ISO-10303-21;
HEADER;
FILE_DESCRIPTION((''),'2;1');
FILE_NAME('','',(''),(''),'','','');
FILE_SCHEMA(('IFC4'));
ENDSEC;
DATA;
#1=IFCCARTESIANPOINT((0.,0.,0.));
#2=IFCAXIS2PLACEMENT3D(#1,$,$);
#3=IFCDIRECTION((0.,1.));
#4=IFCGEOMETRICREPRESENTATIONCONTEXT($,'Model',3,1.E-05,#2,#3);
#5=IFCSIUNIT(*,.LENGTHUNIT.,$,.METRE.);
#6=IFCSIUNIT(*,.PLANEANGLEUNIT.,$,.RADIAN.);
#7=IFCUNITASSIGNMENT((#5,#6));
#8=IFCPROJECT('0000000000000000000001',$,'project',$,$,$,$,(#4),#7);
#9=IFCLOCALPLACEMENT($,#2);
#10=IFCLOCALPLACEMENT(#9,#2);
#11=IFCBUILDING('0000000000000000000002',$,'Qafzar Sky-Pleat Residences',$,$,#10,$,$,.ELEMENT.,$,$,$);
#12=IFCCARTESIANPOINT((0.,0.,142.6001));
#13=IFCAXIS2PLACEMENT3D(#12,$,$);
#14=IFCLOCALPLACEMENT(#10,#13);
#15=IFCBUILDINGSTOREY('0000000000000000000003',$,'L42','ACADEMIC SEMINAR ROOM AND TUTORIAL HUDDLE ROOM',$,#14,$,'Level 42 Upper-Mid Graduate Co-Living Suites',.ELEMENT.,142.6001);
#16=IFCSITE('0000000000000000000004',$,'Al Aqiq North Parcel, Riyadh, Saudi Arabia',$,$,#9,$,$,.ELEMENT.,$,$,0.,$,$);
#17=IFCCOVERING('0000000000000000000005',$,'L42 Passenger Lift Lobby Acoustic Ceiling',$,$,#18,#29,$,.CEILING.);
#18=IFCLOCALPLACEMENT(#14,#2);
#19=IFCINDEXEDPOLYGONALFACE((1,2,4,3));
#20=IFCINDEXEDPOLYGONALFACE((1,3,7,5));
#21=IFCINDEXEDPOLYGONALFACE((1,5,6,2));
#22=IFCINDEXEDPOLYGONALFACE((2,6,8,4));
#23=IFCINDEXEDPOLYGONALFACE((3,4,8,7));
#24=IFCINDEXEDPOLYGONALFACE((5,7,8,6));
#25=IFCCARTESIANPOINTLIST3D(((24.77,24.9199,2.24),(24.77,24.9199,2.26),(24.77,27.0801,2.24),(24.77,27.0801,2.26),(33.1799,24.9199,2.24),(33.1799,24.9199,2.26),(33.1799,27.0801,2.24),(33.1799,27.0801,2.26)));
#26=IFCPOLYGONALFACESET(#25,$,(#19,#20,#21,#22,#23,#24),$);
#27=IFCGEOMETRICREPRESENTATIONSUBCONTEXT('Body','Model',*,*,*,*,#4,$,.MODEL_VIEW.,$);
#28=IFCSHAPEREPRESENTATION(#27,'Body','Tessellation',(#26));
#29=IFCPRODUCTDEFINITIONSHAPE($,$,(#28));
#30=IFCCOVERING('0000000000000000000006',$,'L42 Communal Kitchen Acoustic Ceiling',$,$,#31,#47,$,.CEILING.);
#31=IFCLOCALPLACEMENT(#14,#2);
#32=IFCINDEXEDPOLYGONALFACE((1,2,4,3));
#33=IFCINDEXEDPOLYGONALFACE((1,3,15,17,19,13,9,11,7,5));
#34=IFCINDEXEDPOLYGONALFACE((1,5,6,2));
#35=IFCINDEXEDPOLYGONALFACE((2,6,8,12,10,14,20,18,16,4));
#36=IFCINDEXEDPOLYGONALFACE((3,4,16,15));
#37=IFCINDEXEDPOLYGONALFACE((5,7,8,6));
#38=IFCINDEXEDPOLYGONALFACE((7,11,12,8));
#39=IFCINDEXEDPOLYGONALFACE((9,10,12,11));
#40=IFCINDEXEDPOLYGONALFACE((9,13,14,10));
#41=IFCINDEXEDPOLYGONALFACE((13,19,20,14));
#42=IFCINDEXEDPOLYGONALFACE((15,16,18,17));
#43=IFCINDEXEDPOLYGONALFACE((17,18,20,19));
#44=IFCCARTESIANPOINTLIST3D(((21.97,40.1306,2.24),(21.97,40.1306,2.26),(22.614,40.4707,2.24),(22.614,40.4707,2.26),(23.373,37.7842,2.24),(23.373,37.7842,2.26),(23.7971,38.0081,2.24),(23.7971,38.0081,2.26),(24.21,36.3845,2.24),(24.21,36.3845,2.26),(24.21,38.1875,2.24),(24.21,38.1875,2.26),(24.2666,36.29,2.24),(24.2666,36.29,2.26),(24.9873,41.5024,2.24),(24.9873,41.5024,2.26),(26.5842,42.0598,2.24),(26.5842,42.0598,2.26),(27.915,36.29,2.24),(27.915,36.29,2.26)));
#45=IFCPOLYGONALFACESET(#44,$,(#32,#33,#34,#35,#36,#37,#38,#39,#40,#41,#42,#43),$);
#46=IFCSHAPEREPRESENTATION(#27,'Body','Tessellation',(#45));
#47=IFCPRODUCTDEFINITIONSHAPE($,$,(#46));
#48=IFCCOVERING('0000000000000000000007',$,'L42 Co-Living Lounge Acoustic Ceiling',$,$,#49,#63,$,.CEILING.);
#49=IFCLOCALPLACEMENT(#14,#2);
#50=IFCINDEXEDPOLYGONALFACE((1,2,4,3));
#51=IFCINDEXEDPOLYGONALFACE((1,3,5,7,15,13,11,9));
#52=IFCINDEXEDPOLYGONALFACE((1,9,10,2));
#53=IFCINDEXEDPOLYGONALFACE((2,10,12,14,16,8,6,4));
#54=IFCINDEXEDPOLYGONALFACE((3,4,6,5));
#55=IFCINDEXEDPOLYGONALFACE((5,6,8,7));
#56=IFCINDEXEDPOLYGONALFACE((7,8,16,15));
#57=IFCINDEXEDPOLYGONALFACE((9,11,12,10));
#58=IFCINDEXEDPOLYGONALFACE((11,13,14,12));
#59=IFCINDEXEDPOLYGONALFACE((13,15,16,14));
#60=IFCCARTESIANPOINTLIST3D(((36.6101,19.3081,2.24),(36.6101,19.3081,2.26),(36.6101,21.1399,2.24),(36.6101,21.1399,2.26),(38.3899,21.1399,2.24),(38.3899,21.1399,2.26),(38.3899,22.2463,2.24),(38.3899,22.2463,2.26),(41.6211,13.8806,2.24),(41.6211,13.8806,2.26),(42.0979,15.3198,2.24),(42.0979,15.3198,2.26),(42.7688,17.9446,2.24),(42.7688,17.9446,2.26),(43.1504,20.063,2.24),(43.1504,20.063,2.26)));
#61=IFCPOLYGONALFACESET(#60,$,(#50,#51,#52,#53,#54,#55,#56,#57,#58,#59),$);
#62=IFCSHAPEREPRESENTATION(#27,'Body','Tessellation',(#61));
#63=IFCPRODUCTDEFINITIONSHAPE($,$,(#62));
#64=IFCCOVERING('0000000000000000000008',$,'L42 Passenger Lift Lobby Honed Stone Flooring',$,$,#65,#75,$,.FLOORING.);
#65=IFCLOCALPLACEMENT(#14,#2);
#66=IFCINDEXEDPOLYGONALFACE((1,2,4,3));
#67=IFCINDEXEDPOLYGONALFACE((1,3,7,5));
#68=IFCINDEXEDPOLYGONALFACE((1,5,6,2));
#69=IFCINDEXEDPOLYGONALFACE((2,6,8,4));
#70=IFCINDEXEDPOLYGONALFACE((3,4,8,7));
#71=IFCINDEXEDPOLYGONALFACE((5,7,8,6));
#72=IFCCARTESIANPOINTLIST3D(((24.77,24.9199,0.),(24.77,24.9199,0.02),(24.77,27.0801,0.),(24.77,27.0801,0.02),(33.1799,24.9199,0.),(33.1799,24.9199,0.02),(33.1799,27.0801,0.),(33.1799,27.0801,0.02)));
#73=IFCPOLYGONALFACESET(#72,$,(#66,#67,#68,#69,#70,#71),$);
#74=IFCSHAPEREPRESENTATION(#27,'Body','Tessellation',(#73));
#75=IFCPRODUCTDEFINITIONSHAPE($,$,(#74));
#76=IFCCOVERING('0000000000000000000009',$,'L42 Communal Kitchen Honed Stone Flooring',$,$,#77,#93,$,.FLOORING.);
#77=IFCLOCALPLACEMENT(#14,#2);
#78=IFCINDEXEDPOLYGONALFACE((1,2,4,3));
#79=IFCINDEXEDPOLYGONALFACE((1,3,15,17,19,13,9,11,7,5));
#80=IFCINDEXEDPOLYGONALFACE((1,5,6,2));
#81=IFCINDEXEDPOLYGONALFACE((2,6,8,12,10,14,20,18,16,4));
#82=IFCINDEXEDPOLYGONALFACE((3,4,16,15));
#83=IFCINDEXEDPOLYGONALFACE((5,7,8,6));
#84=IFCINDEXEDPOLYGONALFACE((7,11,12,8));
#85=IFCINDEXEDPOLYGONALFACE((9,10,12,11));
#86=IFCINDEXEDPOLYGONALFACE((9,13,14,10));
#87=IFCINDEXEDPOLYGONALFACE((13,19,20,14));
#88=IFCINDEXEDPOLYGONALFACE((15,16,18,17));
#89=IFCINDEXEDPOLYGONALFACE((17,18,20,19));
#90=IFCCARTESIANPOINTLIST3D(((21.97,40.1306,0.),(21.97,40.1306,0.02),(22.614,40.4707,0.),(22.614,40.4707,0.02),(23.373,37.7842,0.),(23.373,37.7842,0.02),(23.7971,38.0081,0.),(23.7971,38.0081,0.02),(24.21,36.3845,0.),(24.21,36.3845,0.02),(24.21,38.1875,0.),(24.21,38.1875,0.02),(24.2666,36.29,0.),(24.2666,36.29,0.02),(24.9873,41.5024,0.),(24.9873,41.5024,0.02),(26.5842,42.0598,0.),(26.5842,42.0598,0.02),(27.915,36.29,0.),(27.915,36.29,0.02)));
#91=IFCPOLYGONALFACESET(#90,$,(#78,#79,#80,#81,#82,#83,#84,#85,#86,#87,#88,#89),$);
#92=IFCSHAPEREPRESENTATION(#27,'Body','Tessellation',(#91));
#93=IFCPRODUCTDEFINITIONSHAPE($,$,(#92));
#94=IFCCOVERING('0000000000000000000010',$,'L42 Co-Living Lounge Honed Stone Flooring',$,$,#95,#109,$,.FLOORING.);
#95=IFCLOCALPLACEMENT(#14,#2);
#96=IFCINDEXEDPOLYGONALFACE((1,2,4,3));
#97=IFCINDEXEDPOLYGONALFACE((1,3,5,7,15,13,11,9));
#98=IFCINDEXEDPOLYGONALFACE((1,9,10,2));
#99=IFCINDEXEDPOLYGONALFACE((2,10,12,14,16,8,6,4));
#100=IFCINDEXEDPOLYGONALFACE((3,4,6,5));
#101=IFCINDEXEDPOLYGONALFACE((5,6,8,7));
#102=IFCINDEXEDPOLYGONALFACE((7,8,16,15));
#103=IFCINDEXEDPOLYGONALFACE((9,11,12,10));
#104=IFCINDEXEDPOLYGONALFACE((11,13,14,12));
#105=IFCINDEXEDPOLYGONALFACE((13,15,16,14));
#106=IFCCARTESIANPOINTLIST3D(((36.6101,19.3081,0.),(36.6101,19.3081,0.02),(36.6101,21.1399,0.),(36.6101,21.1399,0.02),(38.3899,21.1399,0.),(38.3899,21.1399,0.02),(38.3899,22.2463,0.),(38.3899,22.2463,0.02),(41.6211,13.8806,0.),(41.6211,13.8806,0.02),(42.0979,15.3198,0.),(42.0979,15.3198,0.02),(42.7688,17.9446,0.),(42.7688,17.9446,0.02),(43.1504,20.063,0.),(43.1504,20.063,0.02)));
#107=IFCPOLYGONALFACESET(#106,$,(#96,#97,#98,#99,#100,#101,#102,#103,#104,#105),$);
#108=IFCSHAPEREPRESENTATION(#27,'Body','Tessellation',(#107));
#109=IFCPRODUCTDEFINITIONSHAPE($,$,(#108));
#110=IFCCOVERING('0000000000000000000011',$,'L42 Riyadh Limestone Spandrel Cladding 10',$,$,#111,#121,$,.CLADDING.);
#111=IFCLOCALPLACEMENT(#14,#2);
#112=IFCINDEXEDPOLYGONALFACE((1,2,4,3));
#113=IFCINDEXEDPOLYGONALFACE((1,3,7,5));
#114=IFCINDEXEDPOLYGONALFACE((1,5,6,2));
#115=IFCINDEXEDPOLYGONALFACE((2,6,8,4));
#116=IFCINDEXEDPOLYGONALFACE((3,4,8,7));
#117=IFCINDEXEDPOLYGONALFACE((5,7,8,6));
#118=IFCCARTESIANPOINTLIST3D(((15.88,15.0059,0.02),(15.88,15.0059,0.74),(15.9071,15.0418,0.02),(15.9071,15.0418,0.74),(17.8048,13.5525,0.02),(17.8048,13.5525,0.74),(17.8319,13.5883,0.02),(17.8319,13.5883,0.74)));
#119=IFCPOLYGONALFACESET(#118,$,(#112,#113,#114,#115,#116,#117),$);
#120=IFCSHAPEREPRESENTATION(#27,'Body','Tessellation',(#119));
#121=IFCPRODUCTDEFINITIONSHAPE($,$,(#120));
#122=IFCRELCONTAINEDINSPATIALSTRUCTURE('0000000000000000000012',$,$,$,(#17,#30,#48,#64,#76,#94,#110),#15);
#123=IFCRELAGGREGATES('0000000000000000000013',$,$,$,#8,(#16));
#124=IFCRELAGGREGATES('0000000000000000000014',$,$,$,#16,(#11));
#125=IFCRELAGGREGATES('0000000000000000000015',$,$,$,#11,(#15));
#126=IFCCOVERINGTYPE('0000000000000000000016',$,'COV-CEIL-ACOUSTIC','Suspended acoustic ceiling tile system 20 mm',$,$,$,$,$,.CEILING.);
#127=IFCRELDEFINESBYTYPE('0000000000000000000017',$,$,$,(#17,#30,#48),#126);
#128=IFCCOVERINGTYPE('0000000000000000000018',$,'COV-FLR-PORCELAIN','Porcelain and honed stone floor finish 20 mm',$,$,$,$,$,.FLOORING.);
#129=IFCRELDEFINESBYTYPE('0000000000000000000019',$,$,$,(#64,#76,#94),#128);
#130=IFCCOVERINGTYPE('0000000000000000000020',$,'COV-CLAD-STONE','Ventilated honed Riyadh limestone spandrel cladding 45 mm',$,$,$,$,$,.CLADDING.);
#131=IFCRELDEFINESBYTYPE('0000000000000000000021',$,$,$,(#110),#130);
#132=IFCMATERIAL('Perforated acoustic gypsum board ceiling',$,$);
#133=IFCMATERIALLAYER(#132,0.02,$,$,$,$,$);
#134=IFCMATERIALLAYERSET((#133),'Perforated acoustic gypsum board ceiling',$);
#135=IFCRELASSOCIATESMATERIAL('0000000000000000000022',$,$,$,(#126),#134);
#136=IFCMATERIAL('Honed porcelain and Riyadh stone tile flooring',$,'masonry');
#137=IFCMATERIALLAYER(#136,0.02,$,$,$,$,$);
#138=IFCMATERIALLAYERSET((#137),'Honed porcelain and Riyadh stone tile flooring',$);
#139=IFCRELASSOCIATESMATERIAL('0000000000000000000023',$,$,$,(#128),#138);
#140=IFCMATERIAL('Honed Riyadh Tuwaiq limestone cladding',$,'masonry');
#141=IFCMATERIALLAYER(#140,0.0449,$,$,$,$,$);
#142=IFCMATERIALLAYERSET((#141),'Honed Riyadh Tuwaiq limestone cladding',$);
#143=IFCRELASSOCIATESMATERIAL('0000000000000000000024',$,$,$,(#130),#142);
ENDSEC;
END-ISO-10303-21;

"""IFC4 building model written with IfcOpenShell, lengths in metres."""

from ifc_helpers import new_model, si_unit, direction, frame, origin, origin_2d, place, context, subcontext, project, spatial, polyline, rectangle, outline, extrude, source, transform, mapped, material, layer, layer_set, type_object, element, save


model = new_model("IFC4")

# Units and contexts
model_context = context("Model", 3, precision=1e-05, world=origin(), true_north=direction((0.0, 1.0)))
body_context = subcontext(model_context, "Body", "Model", "MODEL_VIEW")
ifc_project = project(units=[si_unit("LENGTHUNIT", "METRE"), si_unit("PLANEANGLEUNIT", "RADIAN")], contexts=[model_context])

# Site, building, storey
site_placement = place(None, origin())
site = spatial("IfcSite", under=ifc_project, at=site_placement, Name="Al Aqiq North Parcel, Riyadh, Saudi Arabia", CompositionType="ELEMENT", RefElevation=0.0)
building_placement = place(site_placement, origin())
building = spatial("IfcBuilding", under=site, at=building_placement, Name="Qafzar Sky-Pleat Residences", CompositionType="ELEMENT")
storey_placement = place(building_placement, frame((0.0, 0.0, 142.6001)))
storey = spatial("IfcBuildingStorey", under=building, at=storey_placement, Name="L42", Description="ACADEMIC SEMINAR ROOM AND TUTORIAL HUDDLE ROOM", LongName="Level 42 Upper-Mid Graduate Co-Living Suites", CompositionType="ELEMENT", Elevation=142.6001)

# Coverings
ifc_material_1 = material(Name="Perforated acoustic gypsum board ceiling")
ifc_layer_1 = layer(ifc_material_1, 0.02)
ifc_layer_set_1 = layer_set([ifc_layer_1], Name="Perforated acoustic gypsum board ceiling")
covering_type_1 = type_object("IfcCoveringType", Name="COV-CEIL-ACOUSTIC", Description="Suspended acoustic ceiling tile system 20 mm", PredefinedType="CEILING", material=ifc_layer_set_1)
covering_1_placement = place(storey_placement, frame((0.0, 0.0, 2.24)))
element("IfcCovering", 1, at=covering_1_placement, inside=storey, type_object=covering_type_1, Name="L42 Passenger Lift Lobby Acoustic Ceiling", PredefinedType="CEILING", context=body_context, shape_type="SweptSolid", body=[
    extrude(outline(polyline([(33.1799, 24.9199), (24.77, 24.9199), (24.77, 27.0801), (33.1799, 27.0801), (33.1799, 24.9199)])), origin(), (0.0, 0.0, 1.0), 0.02),
])
covering_2_placement = place(storey_placement, frame((0.0, 0.0, 2.24)))
element("IfcCovering", 2, at=covering_2_placement, inside=storey, type_object=covering_type_1, Name="L42 Communal Kitchen Acoustic Ceiling", PredefinedType="CEILING", context=body_context, shape_type="SweptSolid", body=[
    extrude(outline(polyline([(22.614, 40.4707), (24.9873, 41.5024), (26.5842, 42.0598), (27.915, 36.29), (24.2666, 36.29), (24.21, 36.3845), (24.21, 38.1875), (23.7971, 38.0081), (23.373, 37.7842), (21.97, 40.1306), (22.614, 40.4707)])), origin(), (0.0, 0.0, 1.0), 0.02),
])
covering_3_placement = place(storey_placement, frame((0.0, 0.0, 2.24)))
element("IfcCovering", 3, at=covering_3_placement, inside=storey, type_object=covering_type_1, Name="L42 Co-Living Lounge Acoustic Ceiling", PredefinedType="CEILING", context=body_context, shape_type="SweptSolid", body=[
    extrude(outline(polyline([(42.7688, 17.9446), (42.0979, 15.3198), (41.6211, 13.8806), (36.6101, 19.3081), (36.6101, 21.1399), (38.3899, 21.1399), (38.3899, 22.2463), (43.1504, 20.063), (42.7688, 17.9446)])), origin(), (0.0, 0.0, 1.0), 0.02),
])
ifc_material_2 = material(Name="Honed porcelain and Riyadh stone tile flooring", Category="masonry")
ifc_layer_2 = layer(ifc_material_2, 0.02)
ifc_layer_set_2 = layer_set([ifc_layer_2], Name="Honed porcelain and Riyadh stone tile flooring")
covering_type_2 = type_object("IfcCoveringType", Name="COV-FLR-PORCELAIN", Description="Porcelain and honed stone floor finish 20 mm", PredefinedType="FLOORING", material=ifc_layer_set_2)
covering_4_placement = place(storey_placement, origin())
element("IfcCovering", 4, at=covering_4_placement, inside=storey, type_object=covering_type_2, Name="L42 Passenger Lift Lobby Honed Stone Flooring", PredefinedType="FLOORING", context=body_context, shape_type="SweptSolid", body=[
    extrude(outline(polyline([(33.1799, 24.9199), (24.77, 24.9199), (24.77, 27.0801), (33.1799, 27.0801), (33.1799, 24.9199)])), origin(), (0.0, 0.0, 1.0), 0.02),
])
covering_5_placement = place(storey_placement, origin())
element("IfcCovering", 5, at=covering_5_placement, inside=storey, type_object=covering_type_2, Name="L42 Communal Kitchen Honed Stone Flooring", PredefinedType="FLOORING", context=body_context, shape_type="SweptSolid", body=[
    extrude(outline(polyline([(22.614, 40.4707), (24.9873, 41.5024), (26.5842, 42.0598), (27.915, 36.29), (24.2666, 36.29), (24.21, 36.3845), (24.21, 38.1875), (23.7971, 38.0081), (23.373, 37.7842), (21.97, 40.1306), (22.614, 40.4707)])), origin(), (0.0, 0.0, 1.0), 0.02),
])
covering_6_placement = place(storey_placement, origin())
element("IfcCovering", 6, at=covering_6_placement, inside=storey, type_object=covering_type_2, Name="L42 Co-Living Lounge Honed Stone Flooring", PredefinedType="FLOORING", context=body_context, shape_type="SweptSolid", body=[
    extrude(outline(polyline([(42.7688, 17.9446), (42.0979, 15.3198), (41.6211, 13.8806), (36.6101, 19.3081), (36.6101, 21.1399), (38.3899, 21.1399), (38.3899, 22.2463), (43.1504, 20.063), (42.7688, 17.9446)])), origin(), (0.0, 0.0, 1.0), 0.02),
])
ifc_material_3 = material(Name="Honed Riyadh Tuwaiq limestone cladding", Category="masonry")
ifc_layer_3 = layer(ifc_material_3, 0.0449)
ifc_layer_set_3 = layer_set([ifc_layer_3], Name="Honed Riyadh Tuwaiq limestone cladding")
covering_type_3 = type_object("IfcCoveringType", Name="COV-CLAD-STONE", Description="Ventilated honed Riyadh limestone spandrel cladding 45 mm", PredefinedType="CLADDING", material=ifc_layer_set_3)
shared_shape_1 = source(origin(), body_context, "Body", "SweptSolid", [
    extrude(rectangle(XDim=2.4119, YDim=0.0449, at=origin_2d()), origin(), (0.0, 0.0, 1.0), 0.72),
])
covering_7_placement = place(storey_placement, frame((16.856, 14.2971, 0.02), z_axis=(0.0, 0.0, 1.0), x_axis=(0.798034, -0.602612, 0.0)))
element("IfcCovering", 7, at=covering_7_placement, inside=storey, type_object=covering_type_3, Name="L42 Riyadh Limestone Spandrel Cladding 10", PredefinedType="CLADDING", context=body_context, shape_type="MappedRepresentation", body=[
    mapped(shared_shape_1, transform((0.0, 0.0, 0.0), x_axis=(1.0, 0.0, 0.0), y_axis=(0.0, 1.0, 0.0), z_axis=(0.0, 0.0, 1.0), scale=1.0)),
])

save(model, "model.ifc")
